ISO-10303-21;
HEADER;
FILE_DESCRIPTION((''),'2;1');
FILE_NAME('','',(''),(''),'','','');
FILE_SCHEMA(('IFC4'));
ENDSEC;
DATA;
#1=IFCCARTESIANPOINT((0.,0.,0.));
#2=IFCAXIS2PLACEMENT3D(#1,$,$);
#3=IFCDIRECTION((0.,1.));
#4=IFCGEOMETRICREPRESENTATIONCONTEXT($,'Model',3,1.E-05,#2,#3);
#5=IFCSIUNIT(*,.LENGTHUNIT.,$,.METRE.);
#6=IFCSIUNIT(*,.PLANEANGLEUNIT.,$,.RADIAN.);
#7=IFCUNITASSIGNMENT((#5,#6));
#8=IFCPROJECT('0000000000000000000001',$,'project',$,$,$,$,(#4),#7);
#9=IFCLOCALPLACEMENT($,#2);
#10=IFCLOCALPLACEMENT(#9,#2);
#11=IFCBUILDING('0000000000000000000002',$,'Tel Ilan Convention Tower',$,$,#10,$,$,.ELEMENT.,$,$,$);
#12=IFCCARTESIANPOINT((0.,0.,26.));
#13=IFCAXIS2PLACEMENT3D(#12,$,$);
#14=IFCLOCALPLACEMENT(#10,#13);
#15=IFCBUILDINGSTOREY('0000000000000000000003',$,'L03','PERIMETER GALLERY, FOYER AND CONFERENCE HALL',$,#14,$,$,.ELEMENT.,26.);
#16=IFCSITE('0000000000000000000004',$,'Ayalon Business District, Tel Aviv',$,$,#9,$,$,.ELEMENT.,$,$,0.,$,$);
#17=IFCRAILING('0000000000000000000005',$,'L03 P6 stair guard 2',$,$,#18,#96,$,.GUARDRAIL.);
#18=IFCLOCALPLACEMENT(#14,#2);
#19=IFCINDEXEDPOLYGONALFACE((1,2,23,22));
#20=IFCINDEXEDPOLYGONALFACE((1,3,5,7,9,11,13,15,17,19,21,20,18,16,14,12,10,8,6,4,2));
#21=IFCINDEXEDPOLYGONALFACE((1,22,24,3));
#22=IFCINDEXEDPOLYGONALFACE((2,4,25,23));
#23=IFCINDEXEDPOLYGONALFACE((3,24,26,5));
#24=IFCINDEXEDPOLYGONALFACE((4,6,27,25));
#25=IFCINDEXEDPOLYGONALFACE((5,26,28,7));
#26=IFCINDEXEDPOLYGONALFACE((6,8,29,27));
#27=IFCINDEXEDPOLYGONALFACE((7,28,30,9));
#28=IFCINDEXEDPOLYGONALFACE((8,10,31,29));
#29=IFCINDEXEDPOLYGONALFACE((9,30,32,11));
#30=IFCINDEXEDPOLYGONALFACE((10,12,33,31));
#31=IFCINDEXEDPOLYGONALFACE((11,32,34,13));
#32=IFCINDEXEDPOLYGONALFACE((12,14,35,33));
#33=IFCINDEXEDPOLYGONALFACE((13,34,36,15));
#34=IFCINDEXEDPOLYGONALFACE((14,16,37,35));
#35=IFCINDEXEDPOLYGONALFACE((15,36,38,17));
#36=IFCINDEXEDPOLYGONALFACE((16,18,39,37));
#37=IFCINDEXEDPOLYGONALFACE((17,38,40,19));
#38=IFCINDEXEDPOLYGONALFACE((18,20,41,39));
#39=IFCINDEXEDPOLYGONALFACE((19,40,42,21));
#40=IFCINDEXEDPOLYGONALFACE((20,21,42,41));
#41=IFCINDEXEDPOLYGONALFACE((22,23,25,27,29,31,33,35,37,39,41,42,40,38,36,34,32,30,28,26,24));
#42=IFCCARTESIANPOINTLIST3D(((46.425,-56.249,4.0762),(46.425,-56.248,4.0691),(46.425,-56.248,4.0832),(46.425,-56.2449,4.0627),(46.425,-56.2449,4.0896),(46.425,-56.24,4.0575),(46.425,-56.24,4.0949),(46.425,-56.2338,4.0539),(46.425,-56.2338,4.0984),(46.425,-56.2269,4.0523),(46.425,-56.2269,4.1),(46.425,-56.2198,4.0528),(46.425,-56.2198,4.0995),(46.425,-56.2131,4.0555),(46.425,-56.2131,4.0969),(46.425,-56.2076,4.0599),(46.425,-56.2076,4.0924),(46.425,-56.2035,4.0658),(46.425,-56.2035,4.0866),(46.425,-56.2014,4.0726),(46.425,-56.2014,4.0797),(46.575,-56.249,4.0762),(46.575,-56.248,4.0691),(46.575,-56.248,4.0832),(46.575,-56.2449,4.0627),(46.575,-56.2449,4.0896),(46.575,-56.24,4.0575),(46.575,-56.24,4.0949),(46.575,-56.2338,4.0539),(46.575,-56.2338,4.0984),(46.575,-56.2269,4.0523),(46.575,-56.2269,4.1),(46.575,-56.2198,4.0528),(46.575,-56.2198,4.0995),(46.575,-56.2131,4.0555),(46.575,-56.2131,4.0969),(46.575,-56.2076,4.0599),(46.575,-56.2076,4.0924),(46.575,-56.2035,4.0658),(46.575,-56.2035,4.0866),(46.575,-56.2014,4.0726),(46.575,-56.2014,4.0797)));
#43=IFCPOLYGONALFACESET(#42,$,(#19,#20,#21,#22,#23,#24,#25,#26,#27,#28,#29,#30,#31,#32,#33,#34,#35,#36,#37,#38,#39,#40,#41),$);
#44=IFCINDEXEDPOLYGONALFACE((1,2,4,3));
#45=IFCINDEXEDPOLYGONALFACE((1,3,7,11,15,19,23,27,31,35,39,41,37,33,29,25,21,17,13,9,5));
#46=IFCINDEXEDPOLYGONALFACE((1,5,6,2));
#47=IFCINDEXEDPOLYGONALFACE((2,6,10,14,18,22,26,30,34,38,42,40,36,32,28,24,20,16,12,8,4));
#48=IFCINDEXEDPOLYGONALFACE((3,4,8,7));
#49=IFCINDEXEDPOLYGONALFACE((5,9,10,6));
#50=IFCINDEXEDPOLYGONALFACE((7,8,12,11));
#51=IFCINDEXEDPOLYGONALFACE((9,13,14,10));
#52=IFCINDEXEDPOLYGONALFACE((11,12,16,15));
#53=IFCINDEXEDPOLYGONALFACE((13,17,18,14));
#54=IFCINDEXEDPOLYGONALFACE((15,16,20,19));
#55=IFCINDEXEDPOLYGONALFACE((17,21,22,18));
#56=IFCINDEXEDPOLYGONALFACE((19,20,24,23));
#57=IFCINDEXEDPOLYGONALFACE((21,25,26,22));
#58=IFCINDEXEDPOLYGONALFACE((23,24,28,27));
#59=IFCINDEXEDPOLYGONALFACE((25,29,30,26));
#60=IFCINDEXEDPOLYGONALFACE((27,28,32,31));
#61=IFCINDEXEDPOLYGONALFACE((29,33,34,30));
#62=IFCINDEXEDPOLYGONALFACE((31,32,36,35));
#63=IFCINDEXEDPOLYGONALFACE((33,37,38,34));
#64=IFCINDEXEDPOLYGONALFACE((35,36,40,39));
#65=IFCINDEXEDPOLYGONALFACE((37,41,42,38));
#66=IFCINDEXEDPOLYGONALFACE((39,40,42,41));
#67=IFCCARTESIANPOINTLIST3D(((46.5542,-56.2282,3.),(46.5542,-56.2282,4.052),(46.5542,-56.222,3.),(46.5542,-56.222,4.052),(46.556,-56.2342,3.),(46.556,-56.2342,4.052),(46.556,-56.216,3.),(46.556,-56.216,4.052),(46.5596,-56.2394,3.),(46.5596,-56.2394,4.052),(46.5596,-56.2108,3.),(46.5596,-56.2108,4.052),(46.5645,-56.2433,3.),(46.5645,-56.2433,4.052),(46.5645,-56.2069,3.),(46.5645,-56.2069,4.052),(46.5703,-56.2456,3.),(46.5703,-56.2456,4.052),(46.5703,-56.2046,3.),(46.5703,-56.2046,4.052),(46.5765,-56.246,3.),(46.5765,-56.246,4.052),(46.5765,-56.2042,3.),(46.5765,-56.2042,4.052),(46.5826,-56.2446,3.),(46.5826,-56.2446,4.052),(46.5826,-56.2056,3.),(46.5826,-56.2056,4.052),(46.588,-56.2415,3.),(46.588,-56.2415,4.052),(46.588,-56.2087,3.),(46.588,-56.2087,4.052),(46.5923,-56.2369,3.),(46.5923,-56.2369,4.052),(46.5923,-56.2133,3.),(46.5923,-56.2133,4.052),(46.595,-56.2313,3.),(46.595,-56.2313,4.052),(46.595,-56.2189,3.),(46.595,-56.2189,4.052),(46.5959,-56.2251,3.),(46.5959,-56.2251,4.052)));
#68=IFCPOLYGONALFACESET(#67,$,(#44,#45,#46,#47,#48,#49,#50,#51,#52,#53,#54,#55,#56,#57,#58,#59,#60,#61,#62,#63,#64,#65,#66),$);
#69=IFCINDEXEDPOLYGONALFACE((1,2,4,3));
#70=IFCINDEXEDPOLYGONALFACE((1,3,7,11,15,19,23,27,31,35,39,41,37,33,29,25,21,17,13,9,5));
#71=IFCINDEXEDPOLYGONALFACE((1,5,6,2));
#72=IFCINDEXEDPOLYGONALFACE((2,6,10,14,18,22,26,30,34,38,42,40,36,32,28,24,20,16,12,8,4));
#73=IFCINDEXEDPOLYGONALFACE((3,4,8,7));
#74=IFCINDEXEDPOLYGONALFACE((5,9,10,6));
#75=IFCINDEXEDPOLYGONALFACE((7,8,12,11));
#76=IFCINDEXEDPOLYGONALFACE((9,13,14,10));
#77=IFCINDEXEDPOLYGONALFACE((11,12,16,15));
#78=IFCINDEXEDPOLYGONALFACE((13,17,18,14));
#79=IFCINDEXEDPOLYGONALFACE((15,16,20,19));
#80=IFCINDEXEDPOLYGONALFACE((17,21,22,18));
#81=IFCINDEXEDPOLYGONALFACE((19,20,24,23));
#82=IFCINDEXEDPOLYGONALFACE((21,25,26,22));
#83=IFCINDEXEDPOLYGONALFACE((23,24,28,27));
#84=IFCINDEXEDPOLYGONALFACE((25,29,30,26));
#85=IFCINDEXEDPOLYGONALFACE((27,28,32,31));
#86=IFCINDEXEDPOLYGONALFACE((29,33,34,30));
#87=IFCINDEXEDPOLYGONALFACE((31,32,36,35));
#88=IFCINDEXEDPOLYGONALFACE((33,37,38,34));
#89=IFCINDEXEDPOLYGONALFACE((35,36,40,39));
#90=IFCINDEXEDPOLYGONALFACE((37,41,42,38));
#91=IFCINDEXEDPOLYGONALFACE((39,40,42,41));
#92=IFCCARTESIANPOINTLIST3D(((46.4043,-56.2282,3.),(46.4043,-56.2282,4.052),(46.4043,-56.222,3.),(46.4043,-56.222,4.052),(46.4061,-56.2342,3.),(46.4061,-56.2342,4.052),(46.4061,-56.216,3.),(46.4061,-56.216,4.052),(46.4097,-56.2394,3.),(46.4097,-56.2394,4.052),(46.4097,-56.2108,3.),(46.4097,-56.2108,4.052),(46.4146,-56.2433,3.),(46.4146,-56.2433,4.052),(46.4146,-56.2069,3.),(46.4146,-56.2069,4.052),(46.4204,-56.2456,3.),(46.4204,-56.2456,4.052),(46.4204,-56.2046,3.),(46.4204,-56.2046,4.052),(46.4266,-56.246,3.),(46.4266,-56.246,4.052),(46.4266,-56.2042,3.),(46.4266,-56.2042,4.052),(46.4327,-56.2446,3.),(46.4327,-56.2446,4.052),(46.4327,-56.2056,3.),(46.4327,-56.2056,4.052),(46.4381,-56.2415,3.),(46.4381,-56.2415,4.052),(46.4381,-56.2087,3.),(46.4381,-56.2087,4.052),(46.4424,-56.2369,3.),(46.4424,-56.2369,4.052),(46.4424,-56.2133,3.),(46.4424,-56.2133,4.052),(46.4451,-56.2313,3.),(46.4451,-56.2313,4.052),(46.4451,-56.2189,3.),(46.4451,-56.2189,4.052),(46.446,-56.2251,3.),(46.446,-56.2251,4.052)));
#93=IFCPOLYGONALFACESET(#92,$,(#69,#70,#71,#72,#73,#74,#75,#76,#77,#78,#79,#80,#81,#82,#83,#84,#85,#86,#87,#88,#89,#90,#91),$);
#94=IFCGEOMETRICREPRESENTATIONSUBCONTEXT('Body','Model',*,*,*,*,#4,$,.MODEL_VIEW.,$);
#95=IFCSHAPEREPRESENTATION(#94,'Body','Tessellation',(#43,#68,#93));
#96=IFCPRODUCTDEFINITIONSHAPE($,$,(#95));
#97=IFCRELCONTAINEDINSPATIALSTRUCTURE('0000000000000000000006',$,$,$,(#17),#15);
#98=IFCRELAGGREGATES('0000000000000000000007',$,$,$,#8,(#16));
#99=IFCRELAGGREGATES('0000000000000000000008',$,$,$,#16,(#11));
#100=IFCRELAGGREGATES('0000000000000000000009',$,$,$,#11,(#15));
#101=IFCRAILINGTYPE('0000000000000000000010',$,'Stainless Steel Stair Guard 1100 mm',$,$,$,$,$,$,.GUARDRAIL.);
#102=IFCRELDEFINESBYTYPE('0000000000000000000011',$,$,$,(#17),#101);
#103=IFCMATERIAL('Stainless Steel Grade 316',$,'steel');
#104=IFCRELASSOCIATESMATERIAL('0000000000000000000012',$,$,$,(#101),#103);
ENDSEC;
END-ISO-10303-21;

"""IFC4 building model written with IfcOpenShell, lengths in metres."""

from ifc_helpers import new_model, si_unit, direction, frame, origin, origin_2d, place, context, subcontext, project, spatial, circle, extrude, material, type_object, element, save


model = new_model("IFC4")

# Units and contexts
model_context = context("Model", 3, precision=1e-05, world=origin(), true_north=direction((0.0, 1.0)))
body_context = subcontext(model_context, "Body", "Model", "MODEL_VIEW")
ifc_project = project(units=[si_unit("LENGTHUNIT", "METRE"), si_unit("PLANEANGLEUNIT", "RADIAN")], contexts=[model_context])

# Site, building, storey
site_placement = place(None, origin())
site = spatial("IfcSite", under=ifc_project, at=site_placement, Name="Ayalon Business District, Tel Aviv", CompositionType="ELEMENT", RefElevation=0.0)
building_placement = place(site_placement, origin())
building = spatial("IfcBuilding", under=site, at=building_placement, Name="Tel Ilan Convention Tower", CompositionType="ELEMENT")
storey_placement = place(building_placement, frame((0.0, 0.0, 26.0)))
storey = spatial("IfcBuildingStorey", under=building, at=storey_placement, Name="L03", Description="PERIMETER GALLERY, FOYER AND CONFERENCE HALL", CompositionType="ELEMENT", Elevation=26.0)

# Railing
ifc_material_1 = material(Name="Stainless Steel Grade 316", Category="steel")
railing_type_1 = type_object("IfcRailingType", Name="Stainless Steel Stair Guard 1100 mm", PredefinedType="GUARDRAIL", material=ifc_material_1)
railing_1_placement = place(storey_placement, frame((46.575, -56.2251, 3.0)))
element("IfcRailing", 1, at=railing_1_placement, inside=storey, type_object=railing_type_1, Name="L03 P6 stair guard 2", PredefinedType="GUARDRAIL", context=body_context, shape_type="SweptSolid", body=[
    extrude(circle(Radius=0.0239, at=origin_2d()), frame((0.0, 0.0, 1.0762), z_axis=(-1.0, 0.0, 0.0), x_axis=(0.0, -1.0, 0.0)), (0.0, 0.0, 1.0), 0.1499),
    extrude(circle(Radius=0.021, at=origin_2d()), origin(), (0.0, 0.0, 1.0), 1.052),
    extrude(circle(Radius=0.021, at=origin_2d()), frame((-0.1499, 0.0, 0.0)), (0.0, 0.0, 1.0), 1.052),
])

save(model, "model.ifc")
